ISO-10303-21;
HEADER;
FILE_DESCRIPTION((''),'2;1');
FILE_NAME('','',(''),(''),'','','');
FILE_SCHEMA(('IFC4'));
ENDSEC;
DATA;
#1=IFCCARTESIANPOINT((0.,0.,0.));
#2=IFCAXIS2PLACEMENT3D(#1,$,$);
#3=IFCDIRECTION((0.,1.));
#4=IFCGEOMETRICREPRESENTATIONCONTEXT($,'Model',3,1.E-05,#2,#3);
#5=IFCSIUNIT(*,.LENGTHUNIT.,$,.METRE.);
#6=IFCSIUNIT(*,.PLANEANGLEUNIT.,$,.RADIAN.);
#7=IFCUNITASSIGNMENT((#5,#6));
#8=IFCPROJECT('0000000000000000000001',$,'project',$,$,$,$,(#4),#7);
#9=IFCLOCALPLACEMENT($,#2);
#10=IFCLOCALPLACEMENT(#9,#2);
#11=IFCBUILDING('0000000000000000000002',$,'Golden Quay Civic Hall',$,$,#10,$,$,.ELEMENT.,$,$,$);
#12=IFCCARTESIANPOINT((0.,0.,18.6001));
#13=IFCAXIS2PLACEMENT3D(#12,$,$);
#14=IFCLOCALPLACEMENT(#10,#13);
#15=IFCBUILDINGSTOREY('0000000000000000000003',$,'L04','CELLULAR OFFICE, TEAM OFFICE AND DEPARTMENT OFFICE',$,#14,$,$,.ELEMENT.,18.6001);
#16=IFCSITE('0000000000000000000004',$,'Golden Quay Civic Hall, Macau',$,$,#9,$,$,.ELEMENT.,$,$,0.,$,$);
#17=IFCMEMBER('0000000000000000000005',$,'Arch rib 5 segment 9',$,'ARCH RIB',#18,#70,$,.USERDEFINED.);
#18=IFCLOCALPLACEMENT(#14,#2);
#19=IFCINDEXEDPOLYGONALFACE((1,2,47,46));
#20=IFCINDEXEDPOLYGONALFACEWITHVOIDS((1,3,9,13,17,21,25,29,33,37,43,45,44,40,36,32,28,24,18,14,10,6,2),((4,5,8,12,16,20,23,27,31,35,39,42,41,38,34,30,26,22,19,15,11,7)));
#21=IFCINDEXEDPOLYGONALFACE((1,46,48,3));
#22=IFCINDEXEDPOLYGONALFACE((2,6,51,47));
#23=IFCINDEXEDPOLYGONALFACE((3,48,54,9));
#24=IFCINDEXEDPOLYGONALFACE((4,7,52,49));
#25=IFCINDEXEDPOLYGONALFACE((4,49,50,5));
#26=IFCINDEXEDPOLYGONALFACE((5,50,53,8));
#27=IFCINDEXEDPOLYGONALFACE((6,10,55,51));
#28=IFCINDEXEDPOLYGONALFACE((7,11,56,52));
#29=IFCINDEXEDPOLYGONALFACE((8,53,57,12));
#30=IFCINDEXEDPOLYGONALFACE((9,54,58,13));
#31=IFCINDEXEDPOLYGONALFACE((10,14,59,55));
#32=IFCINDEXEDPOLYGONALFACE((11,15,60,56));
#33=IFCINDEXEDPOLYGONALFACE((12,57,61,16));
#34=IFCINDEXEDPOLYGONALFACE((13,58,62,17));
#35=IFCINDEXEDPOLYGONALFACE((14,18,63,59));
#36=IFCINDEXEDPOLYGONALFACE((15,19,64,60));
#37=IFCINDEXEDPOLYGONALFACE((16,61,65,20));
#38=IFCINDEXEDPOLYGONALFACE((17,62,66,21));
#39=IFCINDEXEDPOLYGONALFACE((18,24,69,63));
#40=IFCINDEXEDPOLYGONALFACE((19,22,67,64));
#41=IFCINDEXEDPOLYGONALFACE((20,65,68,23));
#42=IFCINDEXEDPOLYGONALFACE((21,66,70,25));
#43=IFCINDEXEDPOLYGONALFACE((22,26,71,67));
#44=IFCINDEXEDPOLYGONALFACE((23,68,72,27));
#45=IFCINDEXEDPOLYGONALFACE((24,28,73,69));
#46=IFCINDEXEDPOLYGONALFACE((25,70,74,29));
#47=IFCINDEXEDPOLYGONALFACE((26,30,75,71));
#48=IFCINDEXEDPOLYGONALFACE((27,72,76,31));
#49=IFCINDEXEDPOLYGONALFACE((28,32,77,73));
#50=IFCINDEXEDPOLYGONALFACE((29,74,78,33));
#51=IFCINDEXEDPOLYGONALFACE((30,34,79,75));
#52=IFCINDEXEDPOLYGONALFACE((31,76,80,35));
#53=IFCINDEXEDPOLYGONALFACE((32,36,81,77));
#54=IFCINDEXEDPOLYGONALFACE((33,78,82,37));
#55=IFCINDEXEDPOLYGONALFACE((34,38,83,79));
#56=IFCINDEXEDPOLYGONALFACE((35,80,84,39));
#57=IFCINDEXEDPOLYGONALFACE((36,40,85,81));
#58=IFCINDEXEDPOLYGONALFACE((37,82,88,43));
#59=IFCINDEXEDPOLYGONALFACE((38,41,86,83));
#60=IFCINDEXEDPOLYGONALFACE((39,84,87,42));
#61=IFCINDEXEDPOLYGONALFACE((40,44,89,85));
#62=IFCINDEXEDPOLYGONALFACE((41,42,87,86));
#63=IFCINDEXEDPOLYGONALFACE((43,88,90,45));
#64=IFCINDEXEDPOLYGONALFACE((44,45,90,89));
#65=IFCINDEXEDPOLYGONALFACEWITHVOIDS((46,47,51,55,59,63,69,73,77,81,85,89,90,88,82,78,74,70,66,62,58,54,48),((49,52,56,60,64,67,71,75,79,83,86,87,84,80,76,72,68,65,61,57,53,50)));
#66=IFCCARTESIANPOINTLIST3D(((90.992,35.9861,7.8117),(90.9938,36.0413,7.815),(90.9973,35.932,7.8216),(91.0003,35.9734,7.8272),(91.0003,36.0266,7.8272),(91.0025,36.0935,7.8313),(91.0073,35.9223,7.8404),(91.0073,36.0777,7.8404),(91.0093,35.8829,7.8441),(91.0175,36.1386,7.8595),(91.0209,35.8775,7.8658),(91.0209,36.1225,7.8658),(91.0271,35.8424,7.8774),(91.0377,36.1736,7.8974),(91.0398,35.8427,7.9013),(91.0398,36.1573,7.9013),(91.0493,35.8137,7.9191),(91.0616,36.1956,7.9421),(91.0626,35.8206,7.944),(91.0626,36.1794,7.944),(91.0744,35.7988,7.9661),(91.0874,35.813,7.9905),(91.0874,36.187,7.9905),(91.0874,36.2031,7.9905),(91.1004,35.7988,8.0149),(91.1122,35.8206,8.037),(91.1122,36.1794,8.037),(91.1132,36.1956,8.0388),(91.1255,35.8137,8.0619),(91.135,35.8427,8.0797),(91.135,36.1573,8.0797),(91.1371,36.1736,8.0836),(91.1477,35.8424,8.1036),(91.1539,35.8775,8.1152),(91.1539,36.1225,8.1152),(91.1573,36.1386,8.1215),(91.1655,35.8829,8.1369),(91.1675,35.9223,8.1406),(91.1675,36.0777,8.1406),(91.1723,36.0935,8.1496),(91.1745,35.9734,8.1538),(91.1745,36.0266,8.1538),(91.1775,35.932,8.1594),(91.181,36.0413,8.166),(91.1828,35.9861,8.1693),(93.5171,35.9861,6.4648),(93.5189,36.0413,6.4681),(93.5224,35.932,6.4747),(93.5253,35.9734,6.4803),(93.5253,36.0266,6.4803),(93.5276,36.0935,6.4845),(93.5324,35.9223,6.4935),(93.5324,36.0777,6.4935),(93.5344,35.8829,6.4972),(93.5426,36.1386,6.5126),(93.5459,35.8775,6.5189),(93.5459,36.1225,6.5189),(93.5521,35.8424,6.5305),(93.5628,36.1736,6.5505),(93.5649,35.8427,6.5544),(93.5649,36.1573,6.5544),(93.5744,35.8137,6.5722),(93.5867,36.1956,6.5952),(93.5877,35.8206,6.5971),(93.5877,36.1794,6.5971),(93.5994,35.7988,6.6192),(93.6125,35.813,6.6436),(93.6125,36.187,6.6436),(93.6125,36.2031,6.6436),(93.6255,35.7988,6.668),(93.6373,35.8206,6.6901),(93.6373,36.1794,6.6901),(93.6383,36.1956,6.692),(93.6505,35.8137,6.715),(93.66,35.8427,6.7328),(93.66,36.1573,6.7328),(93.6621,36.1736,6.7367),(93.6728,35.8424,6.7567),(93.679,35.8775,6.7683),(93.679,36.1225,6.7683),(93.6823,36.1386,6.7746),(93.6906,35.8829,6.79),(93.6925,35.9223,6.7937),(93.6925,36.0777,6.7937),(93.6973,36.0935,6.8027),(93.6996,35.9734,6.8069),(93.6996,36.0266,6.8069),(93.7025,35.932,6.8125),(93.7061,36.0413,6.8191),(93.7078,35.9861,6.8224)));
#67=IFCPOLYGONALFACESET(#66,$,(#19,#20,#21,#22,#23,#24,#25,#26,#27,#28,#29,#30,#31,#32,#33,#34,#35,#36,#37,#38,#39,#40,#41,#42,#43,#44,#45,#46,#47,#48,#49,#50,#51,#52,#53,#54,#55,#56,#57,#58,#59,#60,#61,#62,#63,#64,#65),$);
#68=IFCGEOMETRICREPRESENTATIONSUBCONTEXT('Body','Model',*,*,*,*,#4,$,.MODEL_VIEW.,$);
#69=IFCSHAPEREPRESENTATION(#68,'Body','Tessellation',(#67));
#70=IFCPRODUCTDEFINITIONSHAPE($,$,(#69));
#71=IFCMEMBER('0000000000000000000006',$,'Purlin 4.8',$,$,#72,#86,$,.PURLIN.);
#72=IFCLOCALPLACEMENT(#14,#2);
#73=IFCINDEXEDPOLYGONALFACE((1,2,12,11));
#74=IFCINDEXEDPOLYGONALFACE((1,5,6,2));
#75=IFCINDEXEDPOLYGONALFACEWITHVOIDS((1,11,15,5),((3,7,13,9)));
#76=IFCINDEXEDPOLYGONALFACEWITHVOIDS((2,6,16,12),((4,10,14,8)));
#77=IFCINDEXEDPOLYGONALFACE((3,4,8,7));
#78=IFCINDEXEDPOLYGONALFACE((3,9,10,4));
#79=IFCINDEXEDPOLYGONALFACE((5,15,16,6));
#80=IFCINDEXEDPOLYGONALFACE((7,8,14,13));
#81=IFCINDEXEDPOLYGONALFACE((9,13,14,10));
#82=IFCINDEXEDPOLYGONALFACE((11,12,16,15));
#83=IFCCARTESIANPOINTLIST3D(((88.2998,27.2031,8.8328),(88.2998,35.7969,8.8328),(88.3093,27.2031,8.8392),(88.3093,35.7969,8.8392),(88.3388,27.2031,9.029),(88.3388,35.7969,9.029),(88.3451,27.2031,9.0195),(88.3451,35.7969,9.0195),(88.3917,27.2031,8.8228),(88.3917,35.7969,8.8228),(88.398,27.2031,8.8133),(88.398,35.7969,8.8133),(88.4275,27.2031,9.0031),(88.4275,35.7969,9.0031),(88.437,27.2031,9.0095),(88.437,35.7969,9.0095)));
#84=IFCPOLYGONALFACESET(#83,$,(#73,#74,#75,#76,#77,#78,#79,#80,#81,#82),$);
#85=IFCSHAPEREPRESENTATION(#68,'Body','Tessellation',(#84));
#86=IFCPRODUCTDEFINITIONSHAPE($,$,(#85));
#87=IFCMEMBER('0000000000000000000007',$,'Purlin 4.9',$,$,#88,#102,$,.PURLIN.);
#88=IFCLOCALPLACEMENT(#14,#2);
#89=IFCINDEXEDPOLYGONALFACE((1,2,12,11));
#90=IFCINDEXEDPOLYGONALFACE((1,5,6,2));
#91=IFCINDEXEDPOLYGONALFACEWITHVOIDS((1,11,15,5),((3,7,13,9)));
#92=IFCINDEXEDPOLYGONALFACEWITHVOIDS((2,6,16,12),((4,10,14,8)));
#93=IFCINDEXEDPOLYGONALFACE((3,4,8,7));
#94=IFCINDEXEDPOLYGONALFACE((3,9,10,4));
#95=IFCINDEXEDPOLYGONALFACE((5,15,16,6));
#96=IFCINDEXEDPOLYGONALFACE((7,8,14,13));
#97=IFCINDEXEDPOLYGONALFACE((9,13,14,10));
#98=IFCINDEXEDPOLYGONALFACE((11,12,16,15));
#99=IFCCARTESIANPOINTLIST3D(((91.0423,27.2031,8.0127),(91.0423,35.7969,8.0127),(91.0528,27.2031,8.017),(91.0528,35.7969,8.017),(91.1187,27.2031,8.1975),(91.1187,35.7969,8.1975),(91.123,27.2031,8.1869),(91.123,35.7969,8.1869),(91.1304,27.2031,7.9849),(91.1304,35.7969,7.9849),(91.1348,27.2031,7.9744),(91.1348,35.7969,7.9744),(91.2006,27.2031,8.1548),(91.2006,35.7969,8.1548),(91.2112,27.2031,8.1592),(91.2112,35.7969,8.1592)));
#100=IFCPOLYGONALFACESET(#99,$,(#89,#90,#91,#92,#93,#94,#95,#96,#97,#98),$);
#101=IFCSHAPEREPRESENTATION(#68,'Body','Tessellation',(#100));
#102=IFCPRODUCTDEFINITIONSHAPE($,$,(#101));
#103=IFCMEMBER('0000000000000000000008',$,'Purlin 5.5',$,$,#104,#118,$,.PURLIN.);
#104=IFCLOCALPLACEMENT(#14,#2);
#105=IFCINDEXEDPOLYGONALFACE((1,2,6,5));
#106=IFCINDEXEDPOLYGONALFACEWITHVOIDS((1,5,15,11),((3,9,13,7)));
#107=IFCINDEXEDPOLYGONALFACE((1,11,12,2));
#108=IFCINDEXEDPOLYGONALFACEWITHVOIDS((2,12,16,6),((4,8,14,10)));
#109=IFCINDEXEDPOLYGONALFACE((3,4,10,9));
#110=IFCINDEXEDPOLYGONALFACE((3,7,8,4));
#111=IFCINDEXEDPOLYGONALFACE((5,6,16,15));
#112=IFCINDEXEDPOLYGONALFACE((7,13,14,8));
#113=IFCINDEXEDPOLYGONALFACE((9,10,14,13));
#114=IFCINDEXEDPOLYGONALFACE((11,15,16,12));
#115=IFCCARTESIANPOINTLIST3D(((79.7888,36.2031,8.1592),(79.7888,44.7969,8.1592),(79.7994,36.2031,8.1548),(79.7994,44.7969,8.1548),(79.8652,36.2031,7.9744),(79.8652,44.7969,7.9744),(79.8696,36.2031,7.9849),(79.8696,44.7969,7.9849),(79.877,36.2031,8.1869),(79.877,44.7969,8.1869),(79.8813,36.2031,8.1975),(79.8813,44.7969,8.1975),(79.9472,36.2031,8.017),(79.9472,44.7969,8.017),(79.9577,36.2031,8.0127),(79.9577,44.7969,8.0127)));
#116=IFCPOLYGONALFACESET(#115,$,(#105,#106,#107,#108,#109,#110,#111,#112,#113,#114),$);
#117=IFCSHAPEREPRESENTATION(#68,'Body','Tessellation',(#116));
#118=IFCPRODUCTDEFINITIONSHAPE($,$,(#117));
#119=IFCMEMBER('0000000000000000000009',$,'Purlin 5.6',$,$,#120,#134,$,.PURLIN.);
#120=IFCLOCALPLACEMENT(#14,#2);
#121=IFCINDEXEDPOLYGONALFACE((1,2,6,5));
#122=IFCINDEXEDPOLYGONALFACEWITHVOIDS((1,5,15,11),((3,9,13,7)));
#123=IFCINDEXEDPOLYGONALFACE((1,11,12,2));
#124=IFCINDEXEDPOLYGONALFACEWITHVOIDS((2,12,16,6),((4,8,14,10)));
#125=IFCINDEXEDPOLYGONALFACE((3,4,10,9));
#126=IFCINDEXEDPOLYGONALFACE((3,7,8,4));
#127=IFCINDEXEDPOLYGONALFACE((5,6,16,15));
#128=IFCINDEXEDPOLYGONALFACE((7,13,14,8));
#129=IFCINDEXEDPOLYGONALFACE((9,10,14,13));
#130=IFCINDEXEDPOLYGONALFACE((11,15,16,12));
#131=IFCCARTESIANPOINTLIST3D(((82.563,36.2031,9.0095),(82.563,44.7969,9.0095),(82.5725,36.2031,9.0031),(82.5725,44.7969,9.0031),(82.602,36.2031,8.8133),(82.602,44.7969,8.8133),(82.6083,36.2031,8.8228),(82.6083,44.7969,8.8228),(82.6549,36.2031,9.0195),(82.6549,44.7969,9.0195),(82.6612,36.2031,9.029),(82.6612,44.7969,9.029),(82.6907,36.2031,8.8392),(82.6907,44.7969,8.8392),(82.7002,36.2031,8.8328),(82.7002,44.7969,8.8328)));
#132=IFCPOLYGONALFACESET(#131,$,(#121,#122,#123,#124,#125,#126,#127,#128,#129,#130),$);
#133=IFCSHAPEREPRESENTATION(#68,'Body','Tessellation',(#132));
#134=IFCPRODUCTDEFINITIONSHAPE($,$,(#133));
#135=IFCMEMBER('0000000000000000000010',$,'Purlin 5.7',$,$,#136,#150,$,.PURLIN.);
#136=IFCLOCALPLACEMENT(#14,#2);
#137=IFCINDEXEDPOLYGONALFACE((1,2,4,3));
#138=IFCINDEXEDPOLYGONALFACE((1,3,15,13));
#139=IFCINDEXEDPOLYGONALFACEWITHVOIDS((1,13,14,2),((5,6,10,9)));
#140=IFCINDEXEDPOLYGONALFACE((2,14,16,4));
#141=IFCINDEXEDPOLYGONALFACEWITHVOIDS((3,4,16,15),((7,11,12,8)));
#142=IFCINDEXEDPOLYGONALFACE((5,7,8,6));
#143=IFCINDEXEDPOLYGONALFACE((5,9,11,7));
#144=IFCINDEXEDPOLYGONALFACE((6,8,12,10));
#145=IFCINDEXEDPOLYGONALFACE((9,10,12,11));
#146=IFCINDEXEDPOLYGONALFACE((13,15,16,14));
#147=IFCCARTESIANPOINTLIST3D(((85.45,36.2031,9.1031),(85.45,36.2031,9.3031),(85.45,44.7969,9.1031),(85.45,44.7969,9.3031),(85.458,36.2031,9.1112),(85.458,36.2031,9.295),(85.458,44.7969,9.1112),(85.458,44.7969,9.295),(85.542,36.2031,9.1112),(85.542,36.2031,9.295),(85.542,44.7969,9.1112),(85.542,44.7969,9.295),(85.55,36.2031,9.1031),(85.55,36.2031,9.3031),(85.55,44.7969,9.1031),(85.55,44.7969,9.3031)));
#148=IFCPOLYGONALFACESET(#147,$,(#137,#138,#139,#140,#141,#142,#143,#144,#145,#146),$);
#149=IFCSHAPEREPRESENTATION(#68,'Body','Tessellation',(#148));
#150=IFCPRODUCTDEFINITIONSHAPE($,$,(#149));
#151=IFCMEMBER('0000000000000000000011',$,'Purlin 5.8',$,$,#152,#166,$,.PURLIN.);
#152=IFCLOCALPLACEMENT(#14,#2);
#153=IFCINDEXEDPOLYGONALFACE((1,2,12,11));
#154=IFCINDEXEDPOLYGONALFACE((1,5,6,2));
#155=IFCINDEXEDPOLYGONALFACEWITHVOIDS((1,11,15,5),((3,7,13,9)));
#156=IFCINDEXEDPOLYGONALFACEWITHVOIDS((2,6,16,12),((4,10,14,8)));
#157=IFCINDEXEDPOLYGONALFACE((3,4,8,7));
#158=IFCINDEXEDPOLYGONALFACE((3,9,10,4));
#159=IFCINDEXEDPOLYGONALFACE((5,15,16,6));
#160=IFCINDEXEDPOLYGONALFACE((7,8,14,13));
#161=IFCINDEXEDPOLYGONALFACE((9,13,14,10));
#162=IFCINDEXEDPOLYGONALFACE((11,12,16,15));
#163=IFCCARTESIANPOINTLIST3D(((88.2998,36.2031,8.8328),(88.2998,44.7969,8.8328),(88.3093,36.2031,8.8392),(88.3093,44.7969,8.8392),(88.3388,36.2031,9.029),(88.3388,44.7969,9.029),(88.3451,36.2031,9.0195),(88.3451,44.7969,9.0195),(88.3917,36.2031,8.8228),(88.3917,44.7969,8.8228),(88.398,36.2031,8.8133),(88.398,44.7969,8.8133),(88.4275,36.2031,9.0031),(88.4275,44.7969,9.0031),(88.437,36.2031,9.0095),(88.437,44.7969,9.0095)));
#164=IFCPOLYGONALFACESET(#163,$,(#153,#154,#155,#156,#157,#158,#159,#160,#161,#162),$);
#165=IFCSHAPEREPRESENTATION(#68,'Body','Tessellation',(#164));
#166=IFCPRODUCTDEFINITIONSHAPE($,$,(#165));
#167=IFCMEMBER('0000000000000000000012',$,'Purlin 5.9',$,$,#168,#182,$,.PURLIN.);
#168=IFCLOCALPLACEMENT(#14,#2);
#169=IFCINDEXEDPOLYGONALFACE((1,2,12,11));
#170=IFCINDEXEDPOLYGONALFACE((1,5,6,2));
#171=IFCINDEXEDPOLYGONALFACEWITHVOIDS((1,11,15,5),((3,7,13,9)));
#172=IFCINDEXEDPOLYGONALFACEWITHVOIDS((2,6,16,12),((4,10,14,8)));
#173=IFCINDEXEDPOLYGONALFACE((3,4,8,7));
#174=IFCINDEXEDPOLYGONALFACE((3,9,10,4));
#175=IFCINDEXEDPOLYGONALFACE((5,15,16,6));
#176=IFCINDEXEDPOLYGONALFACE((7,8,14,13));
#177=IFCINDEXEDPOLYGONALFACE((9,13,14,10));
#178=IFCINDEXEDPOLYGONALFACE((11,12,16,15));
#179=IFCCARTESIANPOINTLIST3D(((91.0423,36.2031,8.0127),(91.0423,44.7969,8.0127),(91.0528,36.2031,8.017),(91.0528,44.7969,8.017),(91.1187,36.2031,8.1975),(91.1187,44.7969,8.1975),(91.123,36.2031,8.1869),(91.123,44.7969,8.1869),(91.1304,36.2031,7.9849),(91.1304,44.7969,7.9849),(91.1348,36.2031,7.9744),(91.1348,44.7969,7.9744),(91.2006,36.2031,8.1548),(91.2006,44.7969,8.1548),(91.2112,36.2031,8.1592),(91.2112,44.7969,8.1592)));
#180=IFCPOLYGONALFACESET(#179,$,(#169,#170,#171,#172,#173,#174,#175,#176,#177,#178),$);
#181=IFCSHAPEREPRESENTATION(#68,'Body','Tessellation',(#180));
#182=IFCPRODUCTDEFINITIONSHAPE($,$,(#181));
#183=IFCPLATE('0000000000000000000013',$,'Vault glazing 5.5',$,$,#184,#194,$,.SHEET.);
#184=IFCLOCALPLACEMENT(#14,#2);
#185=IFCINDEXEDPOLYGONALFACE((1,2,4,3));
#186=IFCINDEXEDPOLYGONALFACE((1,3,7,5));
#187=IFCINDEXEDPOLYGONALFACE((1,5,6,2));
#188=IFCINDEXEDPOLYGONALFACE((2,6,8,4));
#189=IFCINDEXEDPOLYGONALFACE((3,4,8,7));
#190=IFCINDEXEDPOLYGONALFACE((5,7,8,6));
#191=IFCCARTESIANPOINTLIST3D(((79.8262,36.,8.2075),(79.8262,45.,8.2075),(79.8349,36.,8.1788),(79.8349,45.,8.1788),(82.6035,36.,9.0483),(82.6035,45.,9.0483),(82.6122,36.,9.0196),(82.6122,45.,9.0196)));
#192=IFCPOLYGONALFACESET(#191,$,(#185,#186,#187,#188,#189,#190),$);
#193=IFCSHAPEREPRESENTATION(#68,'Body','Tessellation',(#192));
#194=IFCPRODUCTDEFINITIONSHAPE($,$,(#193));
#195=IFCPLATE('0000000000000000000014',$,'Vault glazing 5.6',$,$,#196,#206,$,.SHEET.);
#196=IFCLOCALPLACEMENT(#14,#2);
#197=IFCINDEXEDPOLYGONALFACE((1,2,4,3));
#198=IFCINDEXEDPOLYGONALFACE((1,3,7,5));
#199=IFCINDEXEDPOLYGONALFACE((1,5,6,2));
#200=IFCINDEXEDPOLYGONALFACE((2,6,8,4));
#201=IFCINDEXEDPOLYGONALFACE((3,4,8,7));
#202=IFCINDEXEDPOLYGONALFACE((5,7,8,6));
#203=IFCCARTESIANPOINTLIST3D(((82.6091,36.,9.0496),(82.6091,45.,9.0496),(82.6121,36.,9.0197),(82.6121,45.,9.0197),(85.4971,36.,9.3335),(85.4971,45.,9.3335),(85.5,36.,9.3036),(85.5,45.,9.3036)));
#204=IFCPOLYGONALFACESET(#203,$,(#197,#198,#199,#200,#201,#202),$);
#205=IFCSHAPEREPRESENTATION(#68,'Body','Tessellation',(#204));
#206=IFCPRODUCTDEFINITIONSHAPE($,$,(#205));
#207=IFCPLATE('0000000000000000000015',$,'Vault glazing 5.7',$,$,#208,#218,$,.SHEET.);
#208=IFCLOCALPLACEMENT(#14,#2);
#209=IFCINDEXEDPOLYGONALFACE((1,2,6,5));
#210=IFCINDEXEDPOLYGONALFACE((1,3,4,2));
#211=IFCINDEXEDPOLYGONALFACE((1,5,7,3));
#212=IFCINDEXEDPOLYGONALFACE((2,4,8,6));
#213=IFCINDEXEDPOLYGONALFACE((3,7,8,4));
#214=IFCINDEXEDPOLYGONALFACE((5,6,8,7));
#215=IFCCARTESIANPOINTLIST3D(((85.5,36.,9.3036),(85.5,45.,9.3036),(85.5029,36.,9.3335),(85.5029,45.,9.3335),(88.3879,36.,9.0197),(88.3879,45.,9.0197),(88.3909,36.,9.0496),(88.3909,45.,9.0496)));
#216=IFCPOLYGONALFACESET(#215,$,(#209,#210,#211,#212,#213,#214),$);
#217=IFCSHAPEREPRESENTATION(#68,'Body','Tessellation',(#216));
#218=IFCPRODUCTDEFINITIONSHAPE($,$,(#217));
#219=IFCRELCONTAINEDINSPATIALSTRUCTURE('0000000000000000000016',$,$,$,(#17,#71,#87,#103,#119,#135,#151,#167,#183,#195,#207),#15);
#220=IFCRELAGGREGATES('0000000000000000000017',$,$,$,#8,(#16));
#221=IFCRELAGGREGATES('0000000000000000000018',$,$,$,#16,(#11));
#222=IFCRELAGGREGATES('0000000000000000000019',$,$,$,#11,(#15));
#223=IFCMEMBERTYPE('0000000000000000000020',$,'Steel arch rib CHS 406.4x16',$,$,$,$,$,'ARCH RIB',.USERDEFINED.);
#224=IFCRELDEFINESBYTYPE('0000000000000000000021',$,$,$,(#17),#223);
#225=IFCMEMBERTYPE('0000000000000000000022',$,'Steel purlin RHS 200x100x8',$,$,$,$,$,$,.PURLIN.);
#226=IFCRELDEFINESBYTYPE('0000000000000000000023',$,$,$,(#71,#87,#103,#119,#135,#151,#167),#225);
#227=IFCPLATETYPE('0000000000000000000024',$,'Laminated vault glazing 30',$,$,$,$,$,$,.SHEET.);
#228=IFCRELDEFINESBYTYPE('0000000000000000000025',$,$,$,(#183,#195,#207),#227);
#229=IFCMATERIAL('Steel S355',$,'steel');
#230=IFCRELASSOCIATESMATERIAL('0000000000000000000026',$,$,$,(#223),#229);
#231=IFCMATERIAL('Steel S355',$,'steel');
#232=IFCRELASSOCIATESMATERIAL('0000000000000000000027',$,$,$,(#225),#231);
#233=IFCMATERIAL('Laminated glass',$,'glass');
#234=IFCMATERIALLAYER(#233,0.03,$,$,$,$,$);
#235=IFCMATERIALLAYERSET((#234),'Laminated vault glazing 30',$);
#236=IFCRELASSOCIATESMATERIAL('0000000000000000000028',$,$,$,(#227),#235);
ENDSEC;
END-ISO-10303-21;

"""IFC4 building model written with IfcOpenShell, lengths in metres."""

from ifc_helpers import new_model, si_unit, direction, frame, origin, origin_2d, place, context, subcontext, project, spatial, polyline, hollow_rectangle, hollow_circle, outline, extrude, material, layer, layer_set, material_profile, profile_set, type_object, element, save


model = new_model("IFC4")

# Units and contexts
model_context = context("Model", 3, precision=1e-05, world=origin(), true_north=direction((0.0, 1.0)))
body_context = subcontext(model_context, "Body", "Model", "MODEL_VIEW")
ifc_project = project(units=[si_unit("LENGTHUNIT", "METRE"), si_unit("PLANEANGLEUNIT", "RADIAN")], contexts=[model_context])

# Site, building, storey
site_placement = place(None, origin())
site = spatial("IfcSite", under=ifc_project, at=site_placement, Name="Golden Quay Civic Hall, Macau", CompositionType="ELEMENT", RefElevation=0.0)
building_placement = place(site_placement, origin())
building = spatial("IfcBuilding", under=site, at=building_placement, Name="Golden Quay Civic Hall", CompositionType="ELEMENT")
storey_placement = place(building_placement, frame((0.0, 0.0, 18.6001)))
storey = spatial("IfcBuildingStorey", under=building, at=storey_placement, Name="L04", Description="CELLULAR OFFICE, TEAM OFFICE AND DEPARTMENT OFFICE", CompositionType="ELEMENT", Elevation=18.6001)

# Members
ifc_material_1 = material(Name="Steel S355", Category="steel")
ifc_material_profile_1 = material_profile(ifc_material_1, hollow_circle(Radius=0.2031, WallThickness=0.0161, at=origin_2d()), Name="CHS 406.4x16")
ifc_profile_set_1 = profile_set([ifc_material_profile_1], Name="Steel S355")
member_type_1 = type_object("IfcMemberType", Name="Steel arch rib CHS 406.4x16", ElementType="ARCH RIB", PredefinedType="USERDEFINED", material=ifc_profile_set_1)
member_1_placement = place(storey_placement, frame((91.0874, 36.0, 7.9905), z_axis=(0.882327, 0.0, -0.470637), x_axis=(0.0, 1.0, 0.0)))
element("IfcMember", 1, at=member_1_placement, inside=storey, type_object=member_type_1, Name="Arch rib 5 segment 9", ObjectType="ARCH RIB", PredefinedType="USERDEFINED", context=body_context, shape_type="SweptSolid", body=[
    extrude(hollow_circle(Radius=0.2031, WallThickness=0.0161, at=origin_2d()), origin(), (0.0, 0.0, 1.0), 2.8618),
])
ifc_material_2 = material(Name="Steel S355", Category="steel")
ifc_material_profile_2 = material_profile(ifc_material_2, hollow_rectangle(XDim=0.1001, YDim=0.2, WallThickness=0.0081, at=origin_2d()), Name="RHS 200x100x8")
ifc_profile_set_2 = profile_set([ifc_material_profile_2], Name="Steel S355")
member_type_2 = type_object("IfcMemberType", Name="Steel purlin RHS 200x100x8", PredefinedType="PURLIN", material=ifc_profile_set_2)
for number, where, z_axis, x_axis, name in (
    (2, (88.3684, 27.2031, 8.9211), (0.0, 1.0, 0.0), (-0.980853, 0.0, 0.194748), "Purlin 4.8"),
    (3, (91.1267, 27.2031, 8.0859), (0.0, 1.0, 0.0), (-0.924146, 0.0, 0.382039), "Purlin 4.9"),
    (4, (79.8733, 36.2031, 8.0859), (0.0, 1.0, 0.0), (-0.924146, 0.0, -0.382039), "Purlin 5.5"),
    (5, (82.6316, 36.2031, 8.9211), (0.0, 1.0, 0.0), (-0.980853, 0.0, -0.194748), "Purlin 5.6"),
    (6, (85.5, 36.2031, 9.2031), (0.0, 1.0, 0.0), (-1.0, 0.0, 0.0), "Purlin 5.7"),
    (7, (88.3684, 36.2031, 8.9211), (0.0, 1.0, 0.0), (-0.980853, 0.0, 0.194748), "Purlin 5.8"),
    (8, (91.1267, 36.2031, 8.0859), (0.0, 1.0, 0.0), (-0.924146, 0.0, 0.382039), "Purlin 5.9"),
):
    element("IfcMember", number, at=place(storey_placement, frame(where, z_axis=z_axis, x_axis=x_axis)), inside=storey, type_object=member_type_2, Name=name, PredefinedType="PURLIN", context=body_context, shape_type="SweptSolid", body=[
        extrude(hollow_rectangle(XDim=0.1001, YDim=0.2, WallThickness=0.0081, at=origin_2d()), origin(), (0.0, 0.0, 1.0), 8.5938),
    ])

# Plates
ifc_material_3 = material(Name="Laminated glass", Category="glass")
ifc_layer = layer(ifc_material_3, 0.03)
ifc_layer_set = layer_set([ifc_layer], Name="Laminated vault glazing 30")
plate_type = type_object("IfcPlateType", Name="Laminated vault glazing 30", PredefinedType="SHEET", material=ifc_layer_set)
plate_1_placement = place(storey_placement, frame((79.8262, 36.0, 8.2075), z_axis=(-0.289755, 0.0, 0.957101), x_axis=(0.957101, 0.0, 0.289755)))
element("IfcPlate", 9, at=plate_1_placement, inside=storey, type_object=plate_type, Name="Vault glazing 5.5", PredefinedType="SHEET", context=body_context, shape_type="SweptSolid", body=[
    extrude(outline(polyline([(0.0, 0.0), (2.9018, 0.0), (2.9018, 9.0), (0.0, 9.0), (0.0, 0.0)])), origin(), (0.0, 0.0, -1.0), 0.03),
])
for number, where, z_axis, x_axis, name in (
    (10, (82.6091, 36.0, 9.0496), (-0.097846, 0.0, 0.995202), (0.995202, 0.0, 0.097846), "Vault glazing 5.6"),
    (11, (85.5029, 36.0, 9.3335), (0.097846, 0.0, 0.995202), (0.995202, 0.0, -0.097846), "Vault glazing 5.7"),
):
    element("IfcPlate", number, at=place(storey_placement, frame(where, z_axis=z_axis, x_axis=x_axis)), inside=storey, type_object=plate_type, Name=name, PredefinedType="SHEET", context=body_context, shape_type="SweptSolid", body=[
        extrude(outline(polyline([(0.0, 0.0), (2.9019, 0.0), (2.9019, 9.0), (0.0, 9.0), (0.0, 0.0)])), origin(), (0.0, 0.0, -1.0), 0.03),
    ])

save(model, "model.ifc")
